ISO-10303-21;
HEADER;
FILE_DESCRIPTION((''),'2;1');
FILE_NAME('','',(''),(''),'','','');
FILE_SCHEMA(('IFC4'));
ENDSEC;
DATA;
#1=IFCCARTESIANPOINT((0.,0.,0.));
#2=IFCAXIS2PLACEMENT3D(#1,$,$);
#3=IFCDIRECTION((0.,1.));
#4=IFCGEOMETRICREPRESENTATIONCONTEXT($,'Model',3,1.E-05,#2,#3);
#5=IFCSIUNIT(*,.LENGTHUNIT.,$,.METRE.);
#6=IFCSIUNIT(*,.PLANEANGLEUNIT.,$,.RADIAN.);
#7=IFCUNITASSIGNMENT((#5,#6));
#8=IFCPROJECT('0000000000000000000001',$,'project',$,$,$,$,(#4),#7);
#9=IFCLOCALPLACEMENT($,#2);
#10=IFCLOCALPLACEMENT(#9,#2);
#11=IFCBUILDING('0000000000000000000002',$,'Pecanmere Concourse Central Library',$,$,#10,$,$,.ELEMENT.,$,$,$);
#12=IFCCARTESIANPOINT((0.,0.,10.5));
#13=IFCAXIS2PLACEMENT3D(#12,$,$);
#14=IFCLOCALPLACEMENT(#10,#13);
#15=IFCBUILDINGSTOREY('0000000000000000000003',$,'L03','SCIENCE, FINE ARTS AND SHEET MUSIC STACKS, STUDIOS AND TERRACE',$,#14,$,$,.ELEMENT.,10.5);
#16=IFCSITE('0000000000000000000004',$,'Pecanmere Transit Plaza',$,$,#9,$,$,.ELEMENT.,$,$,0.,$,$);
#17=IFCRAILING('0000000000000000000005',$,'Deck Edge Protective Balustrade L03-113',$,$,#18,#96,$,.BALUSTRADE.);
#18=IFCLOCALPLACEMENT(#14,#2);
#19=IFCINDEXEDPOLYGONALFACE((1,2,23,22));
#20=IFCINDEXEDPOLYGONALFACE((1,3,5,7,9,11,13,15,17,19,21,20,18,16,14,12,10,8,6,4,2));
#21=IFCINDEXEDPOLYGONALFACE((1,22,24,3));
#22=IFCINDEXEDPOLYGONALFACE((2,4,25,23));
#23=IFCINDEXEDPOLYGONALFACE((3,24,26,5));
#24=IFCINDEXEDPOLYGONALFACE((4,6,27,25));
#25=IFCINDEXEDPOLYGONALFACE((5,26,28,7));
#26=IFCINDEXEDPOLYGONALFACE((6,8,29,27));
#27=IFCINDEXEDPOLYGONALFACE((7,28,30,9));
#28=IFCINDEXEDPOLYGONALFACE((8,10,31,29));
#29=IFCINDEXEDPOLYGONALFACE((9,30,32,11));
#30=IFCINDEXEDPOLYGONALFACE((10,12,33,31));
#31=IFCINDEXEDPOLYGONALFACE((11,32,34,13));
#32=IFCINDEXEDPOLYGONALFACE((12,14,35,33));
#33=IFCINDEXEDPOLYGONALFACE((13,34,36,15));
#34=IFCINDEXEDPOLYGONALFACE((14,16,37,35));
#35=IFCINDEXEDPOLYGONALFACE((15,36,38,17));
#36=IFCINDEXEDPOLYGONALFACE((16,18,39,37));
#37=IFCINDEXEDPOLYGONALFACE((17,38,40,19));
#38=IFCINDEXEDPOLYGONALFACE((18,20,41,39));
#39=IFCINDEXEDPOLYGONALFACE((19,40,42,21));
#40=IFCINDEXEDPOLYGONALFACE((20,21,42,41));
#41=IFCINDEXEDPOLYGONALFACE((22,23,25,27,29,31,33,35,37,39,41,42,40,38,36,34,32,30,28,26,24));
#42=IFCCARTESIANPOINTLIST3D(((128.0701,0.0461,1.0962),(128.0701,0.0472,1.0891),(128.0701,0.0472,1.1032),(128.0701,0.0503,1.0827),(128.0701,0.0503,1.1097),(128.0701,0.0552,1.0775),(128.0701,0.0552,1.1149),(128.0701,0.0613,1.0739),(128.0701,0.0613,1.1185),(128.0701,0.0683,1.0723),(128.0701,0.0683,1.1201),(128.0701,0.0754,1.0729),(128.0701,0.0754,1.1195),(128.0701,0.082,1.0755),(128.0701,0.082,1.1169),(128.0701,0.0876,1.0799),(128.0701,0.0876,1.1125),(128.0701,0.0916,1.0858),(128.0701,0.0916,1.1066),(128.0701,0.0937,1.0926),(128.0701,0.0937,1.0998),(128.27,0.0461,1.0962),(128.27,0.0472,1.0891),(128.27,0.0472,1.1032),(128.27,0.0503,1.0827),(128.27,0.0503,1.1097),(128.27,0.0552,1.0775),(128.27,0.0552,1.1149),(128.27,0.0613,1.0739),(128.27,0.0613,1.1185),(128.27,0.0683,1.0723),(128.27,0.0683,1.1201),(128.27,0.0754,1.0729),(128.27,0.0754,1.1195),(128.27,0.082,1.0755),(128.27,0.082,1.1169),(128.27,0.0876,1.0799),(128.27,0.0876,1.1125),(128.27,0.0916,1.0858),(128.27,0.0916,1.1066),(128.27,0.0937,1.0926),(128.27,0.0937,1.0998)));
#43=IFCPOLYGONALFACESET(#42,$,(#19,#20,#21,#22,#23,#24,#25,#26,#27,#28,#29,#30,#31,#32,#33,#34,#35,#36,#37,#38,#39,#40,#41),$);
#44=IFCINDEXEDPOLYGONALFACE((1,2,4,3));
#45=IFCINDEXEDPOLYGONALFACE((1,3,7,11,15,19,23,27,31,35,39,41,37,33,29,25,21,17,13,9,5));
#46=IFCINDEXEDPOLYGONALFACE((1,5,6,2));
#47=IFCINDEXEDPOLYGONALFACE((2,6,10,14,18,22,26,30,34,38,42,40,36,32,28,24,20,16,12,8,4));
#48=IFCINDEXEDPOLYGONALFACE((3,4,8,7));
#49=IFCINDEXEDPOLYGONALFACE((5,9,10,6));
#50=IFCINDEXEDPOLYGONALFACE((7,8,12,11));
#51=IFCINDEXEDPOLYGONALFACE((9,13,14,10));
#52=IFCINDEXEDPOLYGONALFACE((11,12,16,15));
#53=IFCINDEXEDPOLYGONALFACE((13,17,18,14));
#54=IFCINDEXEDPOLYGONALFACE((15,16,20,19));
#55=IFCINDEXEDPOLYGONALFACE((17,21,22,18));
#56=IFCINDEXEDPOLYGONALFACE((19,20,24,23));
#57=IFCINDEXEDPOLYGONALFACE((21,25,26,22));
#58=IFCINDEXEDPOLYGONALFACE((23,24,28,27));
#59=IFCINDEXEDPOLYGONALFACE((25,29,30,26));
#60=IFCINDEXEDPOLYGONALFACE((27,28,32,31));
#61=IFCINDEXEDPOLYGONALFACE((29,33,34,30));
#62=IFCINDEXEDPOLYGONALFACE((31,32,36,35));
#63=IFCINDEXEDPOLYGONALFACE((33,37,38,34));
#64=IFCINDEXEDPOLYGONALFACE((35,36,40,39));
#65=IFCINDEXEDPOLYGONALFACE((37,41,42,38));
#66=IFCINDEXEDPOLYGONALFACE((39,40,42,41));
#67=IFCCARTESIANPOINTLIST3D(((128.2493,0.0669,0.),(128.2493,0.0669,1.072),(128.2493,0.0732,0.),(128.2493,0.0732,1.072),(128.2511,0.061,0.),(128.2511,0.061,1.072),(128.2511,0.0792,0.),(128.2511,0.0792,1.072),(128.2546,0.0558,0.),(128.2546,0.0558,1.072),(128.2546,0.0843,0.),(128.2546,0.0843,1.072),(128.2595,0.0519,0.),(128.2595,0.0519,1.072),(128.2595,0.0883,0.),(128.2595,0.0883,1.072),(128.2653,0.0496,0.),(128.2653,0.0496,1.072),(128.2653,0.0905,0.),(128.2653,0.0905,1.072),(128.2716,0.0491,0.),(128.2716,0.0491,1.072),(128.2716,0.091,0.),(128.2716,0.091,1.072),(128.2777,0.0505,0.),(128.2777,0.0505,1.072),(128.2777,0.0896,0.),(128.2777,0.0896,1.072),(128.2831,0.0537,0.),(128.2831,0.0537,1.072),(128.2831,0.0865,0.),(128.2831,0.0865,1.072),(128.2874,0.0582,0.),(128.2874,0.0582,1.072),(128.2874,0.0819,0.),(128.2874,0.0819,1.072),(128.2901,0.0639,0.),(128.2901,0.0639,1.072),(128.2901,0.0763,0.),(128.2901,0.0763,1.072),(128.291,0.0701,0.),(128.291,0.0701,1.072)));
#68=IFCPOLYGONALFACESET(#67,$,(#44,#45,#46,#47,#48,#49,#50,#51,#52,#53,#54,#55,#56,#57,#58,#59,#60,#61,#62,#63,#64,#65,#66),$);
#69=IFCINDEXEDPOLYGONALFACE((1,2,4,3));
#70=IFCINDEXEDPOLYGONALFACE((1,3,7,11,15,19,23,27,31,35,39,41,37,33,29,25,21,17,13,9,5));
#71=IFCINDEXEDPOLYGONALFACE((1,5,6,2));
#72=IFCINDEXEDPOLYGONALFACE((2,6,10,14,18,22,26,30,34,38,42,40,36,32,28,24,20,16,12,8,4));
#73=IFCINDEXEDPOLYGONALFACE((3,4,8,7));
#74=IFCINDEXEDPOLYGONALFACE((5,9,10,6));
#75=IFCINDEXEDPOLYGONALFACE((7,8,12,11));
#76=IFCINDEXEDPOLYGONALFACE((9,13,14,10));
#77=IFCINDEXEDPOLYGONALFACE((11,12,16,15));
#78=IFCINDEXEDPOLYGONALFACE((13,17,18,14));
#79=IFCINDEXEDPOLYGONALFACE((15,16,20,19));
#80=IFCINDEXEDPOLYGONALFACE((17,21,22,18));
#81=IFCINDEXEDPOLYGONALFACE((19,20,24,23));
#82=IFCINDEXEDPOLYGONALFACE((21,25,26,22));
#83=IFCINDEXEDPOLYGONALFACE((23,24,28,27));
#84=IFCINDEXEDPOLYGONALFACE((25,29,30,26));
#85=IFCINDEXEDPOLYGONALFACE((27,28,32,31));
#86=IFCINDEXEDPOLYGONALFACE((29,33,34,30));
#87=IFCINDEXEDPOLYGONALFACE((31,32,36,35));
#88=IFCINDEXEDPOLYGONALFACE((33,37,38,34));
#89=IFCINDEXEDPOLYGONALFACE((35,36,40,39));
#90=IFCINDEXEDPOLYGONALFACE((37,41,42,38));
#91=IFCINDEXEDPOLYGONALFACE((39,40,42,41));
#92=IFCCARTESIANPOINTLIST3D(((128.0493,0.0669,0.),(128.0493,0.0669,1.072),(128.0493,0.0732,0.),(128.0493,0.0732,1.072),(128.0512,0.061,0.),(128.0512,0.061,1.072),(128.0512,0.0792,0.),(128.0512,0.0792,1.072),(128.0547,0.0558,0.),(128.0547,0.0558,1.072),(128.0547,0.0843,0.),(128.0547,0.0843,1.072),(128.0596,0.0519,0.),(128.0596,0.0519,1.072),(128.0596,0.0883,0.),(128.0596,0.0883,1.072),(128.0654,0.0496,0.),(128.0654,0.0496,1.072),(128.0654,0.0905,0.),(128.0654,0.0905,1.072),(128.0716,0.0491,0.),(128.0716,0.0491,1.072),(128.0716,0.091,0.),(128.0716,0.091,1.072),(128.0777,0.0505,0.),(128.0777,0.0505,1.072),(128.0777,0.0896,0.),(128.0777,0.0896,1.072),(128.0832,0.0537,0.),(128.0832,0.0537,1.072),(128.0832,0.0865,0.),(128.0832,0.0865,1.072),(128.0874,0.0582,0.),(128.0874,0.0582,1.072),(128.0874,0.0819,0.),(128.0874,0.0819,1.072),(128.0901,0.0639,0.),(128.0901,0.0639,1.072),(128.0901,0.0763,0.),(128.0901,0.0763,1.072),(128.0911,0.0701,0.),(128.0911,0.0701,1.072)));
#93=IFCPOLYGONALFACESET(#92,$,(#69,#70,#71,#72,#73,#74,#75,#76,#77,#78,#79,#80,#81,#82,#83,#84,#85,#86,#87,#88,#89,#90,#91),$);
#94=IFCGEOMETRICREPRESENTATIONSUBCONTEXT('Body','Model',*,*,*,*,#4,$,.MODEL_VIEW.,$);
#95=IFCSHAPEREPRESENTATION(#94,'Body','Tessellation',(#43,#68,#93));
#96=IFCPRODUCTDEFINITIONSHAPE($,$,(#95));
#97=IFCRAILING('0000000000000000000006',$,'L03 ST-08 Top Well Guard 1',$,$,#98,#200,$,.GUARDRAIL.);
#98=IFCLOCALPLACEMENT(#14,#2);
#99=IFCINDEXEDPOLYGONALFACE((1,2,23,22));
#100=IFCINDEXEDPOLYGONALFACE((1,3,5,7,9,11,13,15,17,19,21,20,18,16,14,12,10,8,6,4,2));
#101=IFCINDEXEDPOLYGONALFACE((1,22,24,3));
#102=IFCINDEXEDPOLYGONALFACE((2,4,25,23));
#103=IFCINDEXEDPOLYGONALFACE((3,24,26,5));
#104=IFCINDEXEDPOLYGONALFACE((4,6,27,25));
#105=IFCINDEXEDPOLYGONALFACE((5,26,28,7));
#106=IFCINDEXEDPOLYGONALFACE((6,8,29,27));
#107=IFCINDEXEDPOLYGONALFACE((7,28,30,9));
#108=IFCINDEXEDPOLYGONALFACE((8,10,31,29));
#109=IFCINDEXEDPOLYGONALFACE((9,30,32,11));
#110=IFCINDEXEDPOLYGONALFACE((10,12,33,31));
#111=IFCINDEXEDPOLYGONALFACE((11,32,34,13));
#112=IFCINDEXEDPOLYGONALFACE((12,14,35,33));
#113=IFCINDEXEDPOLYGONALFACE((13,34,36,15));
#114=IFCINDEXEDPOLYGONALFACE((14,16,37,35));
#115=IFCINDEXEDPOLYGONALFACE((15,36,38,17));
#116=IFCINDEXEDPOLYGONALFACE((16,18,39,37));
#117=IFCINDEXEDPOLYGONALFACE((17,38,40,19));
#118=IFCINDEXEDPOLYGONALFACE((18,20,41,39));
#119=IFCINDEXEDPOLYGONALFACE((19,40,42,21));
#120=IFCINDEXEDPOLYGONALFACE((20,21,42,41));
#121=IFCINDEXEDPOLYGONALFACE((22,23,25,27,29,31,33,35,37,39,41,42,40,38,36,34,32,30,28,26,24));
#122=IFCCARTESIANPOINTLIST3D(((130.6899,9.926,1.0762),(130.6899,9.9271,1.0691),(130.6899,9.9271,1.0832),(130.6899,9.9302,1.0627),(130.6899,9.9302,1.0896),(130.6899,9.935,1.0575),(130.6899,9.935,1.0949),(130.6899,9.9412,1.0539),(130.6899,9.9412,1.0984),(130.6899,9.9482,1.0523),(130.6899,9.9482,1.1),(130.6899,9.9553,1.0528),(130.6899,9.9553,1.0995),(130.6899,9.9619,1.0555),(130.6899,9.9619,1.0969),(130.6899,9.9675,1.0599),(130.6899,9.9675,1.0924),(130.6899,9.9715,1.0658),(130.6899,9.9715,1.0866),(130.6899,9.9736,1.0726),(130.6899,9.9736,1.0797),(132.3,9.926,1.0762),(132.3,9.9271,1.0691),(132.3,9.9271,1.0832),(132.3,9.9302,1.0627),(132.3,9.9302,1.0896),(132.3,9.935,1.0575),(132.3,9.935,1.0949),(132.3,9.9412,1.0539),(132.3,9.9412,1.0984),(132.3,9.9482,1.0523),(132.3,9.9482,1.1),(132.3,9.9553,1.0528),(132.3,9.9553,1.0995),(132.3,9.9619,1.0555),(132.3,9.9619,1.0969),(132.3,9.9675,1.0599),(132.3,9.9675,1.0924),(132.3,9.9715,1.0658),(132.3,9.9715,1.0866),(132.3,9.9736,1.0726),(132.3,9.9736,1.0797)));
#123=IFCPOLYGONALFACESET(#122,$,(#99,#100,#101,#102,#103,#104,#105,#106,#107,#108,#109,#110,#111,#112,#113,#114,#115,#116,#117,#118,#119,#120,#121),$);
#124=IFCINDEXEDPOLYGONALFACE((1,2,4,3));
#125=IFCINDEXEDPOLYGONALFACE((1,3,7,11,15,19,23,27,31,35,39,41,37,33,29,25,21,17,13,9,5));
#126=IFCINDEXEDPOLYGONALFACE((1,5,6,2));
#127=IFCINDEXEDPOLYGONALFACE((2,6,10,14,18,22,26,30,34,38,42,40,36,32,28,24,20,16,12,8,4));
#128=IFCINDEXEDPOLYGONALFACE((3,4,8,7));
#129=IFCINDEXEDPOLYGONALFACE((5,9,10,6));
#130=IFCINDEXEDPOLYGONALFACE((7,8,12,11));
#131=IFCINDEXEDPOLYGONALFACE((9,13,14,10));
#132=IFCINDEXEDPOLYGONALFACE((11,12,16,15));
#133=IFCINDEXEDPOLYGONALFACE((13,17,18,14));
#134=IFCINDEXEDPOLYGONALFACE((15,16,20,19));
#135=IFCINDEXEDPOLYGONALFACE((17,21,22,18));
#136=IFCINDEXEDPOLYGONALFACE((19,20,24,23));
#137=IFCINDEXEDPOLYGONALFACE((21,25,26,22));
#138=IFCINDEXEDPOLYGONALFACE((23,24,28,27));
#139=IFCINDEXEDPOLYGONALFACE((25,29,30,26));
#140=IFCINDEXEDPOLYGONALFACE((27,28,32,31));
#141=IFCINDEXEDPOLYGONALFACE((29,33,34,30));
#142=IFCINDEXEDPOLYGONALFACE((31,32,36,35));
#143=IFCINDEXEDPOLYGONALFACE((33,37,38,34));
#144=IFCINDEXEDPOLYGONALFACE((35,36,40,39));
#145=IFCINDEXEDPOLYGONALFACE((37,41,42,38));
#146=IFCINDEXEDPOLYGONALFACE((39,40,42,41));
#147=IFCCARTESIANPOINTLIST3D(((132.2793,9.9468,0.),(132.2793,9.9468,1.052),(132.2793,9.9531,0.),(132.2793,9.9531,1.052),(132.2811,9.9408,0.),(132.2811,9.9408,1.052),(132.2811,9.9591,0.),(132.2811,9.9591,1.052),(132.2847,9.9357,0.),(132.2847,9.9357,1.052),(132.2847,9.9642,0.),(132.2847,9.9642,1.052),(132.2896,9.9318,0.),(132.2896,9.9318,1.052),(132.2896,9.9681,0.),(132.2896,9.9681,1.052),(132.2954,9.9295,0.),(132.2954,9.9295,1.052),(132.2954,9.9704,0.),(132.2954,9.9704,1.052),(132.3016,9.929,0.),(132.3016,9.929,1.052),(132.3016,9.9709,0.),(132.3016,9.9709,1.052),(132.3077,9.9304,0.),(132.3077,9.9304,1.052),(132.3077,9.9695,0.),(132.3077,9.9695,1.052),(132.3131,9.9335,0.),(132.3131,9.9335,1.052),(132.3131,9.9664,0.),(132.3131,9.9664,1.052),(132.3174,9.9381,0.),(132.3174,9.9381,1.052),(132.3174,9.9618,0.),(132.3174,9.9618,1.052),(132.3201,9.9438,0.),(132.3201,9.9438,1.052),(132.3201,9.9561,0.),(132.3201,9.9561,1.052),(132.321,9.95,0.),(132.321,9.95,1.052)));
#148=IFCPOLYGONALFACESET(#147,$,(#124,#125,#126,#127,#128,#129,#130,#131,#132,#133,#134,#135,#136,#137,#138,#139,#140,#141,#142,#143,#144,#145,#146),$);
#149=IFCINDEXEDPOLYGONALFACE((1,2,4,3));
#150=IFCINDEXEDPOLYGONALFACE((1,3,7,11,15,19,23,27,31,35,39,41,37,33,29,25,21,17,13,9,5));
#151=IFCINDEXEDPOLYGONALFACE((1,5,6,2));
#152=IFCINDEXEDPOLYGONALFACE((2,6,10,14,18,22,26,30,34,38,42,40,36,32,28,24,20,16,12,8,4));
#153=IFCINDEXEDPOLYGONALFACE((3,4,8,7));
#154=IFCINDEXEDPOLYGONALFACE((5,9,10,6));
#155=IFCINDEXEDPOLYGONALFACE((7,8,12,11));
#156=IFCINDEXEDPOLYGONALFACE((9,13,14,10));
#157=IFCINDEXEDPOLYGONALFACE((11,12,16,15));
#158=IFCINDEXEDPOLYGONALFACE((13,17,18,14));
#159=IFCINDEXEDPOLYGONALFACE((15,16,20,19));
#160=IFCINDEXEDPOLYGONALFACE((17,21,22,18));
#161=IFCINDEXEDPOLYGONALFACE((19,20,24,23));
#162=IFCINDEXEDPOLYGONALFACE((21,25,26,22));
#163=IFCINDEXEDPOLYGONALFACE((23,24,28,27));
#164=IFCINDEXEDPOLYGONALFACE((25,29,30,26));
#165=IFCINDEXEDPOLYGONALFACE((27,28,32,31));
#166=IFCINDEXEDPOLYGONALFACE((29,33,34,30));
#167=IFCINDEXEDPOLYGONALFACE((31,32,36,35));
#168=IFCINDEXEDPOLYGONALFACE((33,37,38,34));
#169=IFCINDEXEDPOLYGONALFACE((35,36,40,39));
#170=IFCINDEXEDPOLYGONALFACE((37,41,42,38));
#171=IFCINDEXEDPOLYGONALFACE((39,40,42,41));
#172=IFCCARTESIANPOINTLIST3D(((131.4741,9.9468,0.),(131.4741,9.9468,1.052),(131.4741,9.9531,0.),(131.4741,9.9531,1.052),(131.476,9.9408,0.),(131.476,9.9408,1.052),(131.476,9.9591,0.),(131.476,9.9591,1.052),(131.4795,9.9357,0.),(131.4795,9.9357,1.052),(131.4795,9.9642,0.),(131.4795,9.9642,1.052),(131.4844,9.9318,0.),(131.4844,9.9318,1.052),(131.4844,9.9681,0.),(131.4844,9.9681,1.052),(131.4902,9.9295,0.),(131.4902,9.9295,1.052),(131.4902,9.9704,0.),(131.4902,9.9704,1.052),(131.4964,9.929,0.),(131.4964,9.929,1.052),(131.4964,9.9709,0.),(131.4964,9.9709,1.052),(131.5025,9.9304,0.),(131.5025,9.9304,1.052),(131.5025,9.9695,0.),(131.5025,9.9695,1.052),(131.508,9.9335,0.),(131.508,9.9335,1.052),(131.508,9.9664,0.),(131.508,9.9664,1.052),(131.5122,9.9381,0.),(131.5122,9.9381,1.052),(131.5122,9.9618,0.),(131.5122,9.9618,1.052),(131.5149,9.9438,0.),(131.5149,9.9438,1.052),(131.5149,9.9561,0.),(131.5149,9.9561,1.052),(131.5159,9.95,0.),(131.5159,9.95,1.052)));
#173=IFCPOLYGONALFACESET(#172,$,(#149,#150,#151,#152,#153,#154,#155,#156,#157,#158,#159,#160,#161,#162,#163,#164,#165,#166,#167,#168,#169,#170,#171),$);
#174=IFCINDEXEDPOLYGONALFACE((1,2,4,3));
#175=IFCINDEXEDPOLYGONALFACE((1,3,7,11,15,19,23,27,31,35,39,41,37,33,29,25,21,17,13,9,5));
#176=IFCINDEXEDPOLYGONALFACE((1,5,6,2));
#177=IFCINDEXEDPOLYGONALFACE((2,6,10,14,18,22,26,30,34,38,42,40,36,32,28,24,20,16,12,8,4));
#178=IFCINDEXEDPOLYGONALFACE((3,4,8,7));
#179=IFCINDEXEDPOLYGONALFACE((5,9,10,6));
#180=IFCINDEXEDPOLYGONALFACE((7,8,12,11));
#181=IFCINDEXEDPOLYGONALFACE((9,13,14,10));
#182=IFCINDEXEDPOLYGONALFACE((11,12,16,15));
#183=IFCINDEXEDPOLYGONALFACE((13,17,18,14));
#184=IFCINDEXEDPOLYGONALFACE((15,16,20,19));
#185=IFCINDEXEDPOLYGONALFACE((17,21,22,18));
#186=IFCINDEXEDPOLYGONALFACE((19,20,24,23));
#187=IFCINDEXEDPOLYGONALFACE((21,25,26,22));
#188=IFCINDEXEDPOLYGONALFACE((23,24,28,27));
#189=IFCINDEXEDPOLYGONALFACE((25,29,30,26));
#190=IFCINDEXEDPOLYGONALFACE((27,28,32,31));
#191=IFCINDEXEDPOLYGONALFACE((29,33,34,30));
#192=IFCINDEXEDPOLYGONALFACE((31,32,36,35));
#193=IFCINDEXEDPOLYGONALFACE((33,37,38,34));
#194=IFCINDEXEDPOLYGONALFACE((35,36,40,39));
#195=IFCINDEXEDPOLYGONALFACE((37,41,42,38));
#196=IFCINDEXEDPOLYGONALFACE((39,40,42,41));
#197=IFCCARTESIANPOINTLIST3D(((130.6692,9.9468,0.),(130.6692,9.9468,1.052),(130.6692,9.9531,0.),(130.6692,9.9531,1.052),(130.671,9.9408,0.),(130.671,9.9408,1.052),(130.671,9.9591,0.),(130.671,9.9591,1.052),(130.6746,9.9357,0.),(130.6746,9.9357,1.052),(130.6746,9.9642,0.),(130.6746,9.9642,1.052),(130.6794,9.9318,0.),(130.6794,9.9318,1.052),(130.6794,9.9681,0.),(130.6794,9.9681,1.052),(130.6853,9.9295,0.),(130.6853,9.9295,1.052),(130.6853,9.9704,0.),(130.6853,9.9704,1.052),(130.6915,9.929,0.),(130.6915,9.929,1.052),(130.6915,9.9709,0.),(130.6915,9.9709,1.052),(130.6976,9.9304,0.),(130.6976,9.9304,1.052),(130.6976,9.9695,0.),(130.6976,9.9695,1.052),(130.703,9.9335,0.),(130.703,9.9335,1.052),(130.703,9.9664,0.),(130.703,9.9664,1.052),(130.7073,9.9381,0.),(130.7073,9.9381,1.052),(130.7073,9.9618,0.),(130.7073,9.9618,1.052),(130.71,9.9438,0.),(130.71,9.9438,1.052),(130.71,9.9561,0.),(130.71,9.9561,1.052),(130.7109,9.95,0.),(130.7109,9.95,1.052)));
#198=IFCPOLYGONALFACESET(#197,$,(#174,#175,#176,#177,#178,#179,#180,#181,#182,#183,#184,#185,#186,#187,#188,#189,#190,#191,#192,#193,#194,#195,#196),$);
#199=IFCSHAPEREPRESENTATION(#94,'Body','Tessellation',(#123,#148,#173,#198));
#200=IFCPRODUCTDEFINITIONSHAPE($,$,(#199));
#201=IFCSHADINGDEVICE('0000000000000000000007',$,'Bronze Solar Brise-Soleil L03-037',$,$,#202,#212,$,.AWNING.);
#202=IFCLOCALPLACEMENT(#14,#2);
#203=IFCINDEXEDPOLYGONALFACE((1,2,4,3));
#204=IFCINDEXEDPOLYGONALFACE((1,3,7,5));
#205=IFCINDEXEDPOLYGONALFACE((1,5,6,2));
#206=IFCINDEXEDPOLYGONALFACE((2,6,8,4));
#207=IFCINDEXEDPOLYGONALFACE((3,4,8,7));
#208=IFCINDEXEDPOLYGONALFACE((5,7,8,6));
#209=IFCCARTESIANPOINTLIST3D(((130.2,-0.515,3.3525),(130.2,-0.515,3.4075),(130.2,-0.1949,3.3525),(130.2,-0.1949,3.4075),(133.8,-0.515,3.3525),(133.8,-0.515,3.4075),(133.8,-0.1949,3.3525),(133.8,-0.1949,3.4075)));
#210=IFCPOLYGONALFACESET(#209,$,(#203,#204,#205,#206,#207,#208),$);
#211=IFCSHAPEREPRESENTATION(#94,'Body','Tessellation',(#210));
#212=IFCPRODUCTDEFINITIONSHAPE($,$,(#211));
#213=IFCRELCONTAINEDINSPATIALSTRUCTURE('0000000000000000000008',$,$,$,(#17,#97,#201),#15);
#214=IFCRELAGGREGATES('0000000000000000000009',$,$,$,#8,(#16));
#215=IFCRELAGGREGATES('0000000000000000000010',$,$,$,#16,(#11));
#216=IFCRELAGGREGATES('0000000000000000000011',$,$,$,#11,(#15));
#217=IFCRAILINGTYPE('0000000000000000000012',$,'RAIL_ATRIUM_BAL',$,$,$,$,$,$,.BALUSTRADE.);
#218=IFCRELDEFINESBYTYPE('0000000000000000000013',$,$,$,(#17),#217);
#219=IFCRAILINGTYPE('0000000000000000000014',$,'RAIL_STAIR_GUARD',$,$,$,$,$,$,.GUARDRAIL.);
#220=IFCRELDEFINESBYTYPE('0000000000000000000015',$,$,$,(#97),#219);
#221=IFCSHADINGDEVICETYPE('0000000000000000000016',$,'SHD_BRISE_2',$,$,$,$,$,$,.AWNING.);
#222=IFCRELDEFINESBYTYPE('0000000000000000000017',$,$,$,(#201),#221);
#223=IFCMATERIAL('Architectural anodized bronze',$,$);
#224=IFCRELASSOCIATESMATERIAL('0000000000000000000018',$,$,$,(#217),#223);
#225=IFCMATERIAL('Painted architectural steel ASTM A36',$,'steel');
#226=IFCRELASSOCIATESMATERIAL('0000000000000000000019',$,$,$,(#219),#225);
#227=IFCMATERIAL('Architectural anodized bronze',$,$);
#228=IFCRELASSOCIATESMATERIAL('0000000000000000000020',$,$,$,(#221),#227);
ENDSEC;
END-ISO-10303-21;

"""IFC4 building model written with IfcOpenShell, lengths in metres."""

from ifc_helpers import new_model, si_unit, direction, frame, origin, origin_2d, place, context, subcontext, project, spatial, rectangle, circle, extrude, material, type_object, element, save


model = new_model("IFC4")

# Units and contexts
model_context = context("Model", 3, precision=1e-05, world=origin(), true_north=direction((0.0, 1.0)))
body_context = subcontext(model_context, "Body", "Model", "MODEL_VIEW")
ifc_project = project(units=[si_unit("LENGTHUNIT", "METRE"), si_unit("PLANEANGLEUNIT", "RADIAN")], contexts=[model_context])

# Site, building, storey
site_placement = place(None, origin())
site = spatial("IfcSite", under=ifc_project, at=site_placement, Name="Pecanmere Transit Plaza", CompositionType="ELEMENT", RefElevation=0.0)
building_placement = place(site_placement, origin())
building = spatial("IfcBuilding", under=site, at=building_placement, Name="Pecanmere Concourse Central Library", CompositionType="ELEMENT")
storey_placement = place(building_placement, frame((0.0, 0.0, 10.5)))
storey = spatial("IfcBuildingStorey", under=building, at=storey_placement, Name="L03", Description="SCIENCE, FINE ARTS AND SHEET MUSIC STACKS, STUDIOS AND TERRACE", CompositionType="ELEMENT", Elevation=10.5)

# Railings
ifc_material_1 = material(Name="Architectural anodized bronze")
railing_type_1 = type_object("IfcRailingType", Name="RAIL_ATRIUM_BAL", PredefinedType="BALUSTRADE", material=ifc_material_1)
railing_1_placement = place(storey_placement, frame((128.27, 0.0701, 0.0)))
element("IfcRailing", 1, at=railing_1_placement, inside=storey, type_object=railing_type_1, Name="Deck Edge Protective Balustrade L03-113", PredefinedType="BALUSTRADE", context=body_context, shape_type="SweptSolid", body=[
    extrude(circle(Radius=0.0239, at=origin_2d()), frame((0.0, 0.0, 1.0962), z_axis=(-1.0, 0.0, 0.0), x_axis=(0.0, -1.0, 0.0)), (0.0, 0.0, 1.0), 0.2),
    extrude(circle(Radius=0.021, at=origin_2d()), origin(), (0.0, 0.0, 1.0), 1.072),
    extrude(circle(Radius=0.021, at=origin_2d()), frame((-0.2, 0.0, 0.0)), (0.0, 0.0, 1.0), 1.072),
])
ifc_material_2 = material(Name="Painted architectural steel ASTM A36", Category="steel")
railing_type_2 = type_object("IfcRailingType", Name="RAIL_STAIR_GUARD", PredefinedType="GUARDRAIL", material=ifc_material_2)
railing_2_placement = place(storey_placement, frame((132.3, 9.95, 0.0)))
element("IfcRailing", 2, at=railing_2_placement, inside=storey, type_object=railing_type_2, Name="L03 ST-08 Top Well Guard 1", PredefinedType="GUARDRAIL", context=body_context, shape_type="SweptSolid", body=[
    extrude(circle(Radius=0.0239, at=origin_2d()), frame((0.0, 0.0, 1.0762), z_axis=(-1.0, 0.0, 0.0), x_axis=(0.0, -1.0, 0.0)), (0.0, 0.0, 1.0), 1.6101),
    extrude(circle(Radius=0.021, at=origin_2d()), origin(), (0.0, 0.0, 1.0), 1.052),
    extrude(circle(Radius=0.021, at=origin_2d()), frame((-0.8052, 0.0, 0.0)), (0.0, 0.0, 1.0), 1.052),
    extrude(circle(Radius=0.021, at=origin_2d()), frame((-1.6101, 0.0, 0.0)), (0.0, 0.0, 1.0), 1.052),
])

# Shading device
ifc_material_3 = material(Name="Architectural anodized bronze")
shading_device_type = type_object("IfcShadingDeviceType", Name="SHD_BRISE_2", PredefinedType="AWNING", material=ifc_material_3)
shading_device_placement = place(storey_placement, frame((132.0, -0.355, 3.3525), z_axis=(0.0, 0.0, 1.0), x_axis=(1.0, 0.0, 0.0)))
element("IfcShadingDevice", 3, at=shading_device_placement, inside=storey, type_object=shading_device_type, Name="Bronze Solar Brise-Soleil L03-037", PredefinedType="AWNING", context=body_context, shape_type="SweptSolid", body=[
    extrude(rectangle(XDim=3.6001, YDim=0.3201, at=origin_2d()), origin(), (0.0, 0.0, 1.0), 0.0549),
])

save(model, "model.ifc")
